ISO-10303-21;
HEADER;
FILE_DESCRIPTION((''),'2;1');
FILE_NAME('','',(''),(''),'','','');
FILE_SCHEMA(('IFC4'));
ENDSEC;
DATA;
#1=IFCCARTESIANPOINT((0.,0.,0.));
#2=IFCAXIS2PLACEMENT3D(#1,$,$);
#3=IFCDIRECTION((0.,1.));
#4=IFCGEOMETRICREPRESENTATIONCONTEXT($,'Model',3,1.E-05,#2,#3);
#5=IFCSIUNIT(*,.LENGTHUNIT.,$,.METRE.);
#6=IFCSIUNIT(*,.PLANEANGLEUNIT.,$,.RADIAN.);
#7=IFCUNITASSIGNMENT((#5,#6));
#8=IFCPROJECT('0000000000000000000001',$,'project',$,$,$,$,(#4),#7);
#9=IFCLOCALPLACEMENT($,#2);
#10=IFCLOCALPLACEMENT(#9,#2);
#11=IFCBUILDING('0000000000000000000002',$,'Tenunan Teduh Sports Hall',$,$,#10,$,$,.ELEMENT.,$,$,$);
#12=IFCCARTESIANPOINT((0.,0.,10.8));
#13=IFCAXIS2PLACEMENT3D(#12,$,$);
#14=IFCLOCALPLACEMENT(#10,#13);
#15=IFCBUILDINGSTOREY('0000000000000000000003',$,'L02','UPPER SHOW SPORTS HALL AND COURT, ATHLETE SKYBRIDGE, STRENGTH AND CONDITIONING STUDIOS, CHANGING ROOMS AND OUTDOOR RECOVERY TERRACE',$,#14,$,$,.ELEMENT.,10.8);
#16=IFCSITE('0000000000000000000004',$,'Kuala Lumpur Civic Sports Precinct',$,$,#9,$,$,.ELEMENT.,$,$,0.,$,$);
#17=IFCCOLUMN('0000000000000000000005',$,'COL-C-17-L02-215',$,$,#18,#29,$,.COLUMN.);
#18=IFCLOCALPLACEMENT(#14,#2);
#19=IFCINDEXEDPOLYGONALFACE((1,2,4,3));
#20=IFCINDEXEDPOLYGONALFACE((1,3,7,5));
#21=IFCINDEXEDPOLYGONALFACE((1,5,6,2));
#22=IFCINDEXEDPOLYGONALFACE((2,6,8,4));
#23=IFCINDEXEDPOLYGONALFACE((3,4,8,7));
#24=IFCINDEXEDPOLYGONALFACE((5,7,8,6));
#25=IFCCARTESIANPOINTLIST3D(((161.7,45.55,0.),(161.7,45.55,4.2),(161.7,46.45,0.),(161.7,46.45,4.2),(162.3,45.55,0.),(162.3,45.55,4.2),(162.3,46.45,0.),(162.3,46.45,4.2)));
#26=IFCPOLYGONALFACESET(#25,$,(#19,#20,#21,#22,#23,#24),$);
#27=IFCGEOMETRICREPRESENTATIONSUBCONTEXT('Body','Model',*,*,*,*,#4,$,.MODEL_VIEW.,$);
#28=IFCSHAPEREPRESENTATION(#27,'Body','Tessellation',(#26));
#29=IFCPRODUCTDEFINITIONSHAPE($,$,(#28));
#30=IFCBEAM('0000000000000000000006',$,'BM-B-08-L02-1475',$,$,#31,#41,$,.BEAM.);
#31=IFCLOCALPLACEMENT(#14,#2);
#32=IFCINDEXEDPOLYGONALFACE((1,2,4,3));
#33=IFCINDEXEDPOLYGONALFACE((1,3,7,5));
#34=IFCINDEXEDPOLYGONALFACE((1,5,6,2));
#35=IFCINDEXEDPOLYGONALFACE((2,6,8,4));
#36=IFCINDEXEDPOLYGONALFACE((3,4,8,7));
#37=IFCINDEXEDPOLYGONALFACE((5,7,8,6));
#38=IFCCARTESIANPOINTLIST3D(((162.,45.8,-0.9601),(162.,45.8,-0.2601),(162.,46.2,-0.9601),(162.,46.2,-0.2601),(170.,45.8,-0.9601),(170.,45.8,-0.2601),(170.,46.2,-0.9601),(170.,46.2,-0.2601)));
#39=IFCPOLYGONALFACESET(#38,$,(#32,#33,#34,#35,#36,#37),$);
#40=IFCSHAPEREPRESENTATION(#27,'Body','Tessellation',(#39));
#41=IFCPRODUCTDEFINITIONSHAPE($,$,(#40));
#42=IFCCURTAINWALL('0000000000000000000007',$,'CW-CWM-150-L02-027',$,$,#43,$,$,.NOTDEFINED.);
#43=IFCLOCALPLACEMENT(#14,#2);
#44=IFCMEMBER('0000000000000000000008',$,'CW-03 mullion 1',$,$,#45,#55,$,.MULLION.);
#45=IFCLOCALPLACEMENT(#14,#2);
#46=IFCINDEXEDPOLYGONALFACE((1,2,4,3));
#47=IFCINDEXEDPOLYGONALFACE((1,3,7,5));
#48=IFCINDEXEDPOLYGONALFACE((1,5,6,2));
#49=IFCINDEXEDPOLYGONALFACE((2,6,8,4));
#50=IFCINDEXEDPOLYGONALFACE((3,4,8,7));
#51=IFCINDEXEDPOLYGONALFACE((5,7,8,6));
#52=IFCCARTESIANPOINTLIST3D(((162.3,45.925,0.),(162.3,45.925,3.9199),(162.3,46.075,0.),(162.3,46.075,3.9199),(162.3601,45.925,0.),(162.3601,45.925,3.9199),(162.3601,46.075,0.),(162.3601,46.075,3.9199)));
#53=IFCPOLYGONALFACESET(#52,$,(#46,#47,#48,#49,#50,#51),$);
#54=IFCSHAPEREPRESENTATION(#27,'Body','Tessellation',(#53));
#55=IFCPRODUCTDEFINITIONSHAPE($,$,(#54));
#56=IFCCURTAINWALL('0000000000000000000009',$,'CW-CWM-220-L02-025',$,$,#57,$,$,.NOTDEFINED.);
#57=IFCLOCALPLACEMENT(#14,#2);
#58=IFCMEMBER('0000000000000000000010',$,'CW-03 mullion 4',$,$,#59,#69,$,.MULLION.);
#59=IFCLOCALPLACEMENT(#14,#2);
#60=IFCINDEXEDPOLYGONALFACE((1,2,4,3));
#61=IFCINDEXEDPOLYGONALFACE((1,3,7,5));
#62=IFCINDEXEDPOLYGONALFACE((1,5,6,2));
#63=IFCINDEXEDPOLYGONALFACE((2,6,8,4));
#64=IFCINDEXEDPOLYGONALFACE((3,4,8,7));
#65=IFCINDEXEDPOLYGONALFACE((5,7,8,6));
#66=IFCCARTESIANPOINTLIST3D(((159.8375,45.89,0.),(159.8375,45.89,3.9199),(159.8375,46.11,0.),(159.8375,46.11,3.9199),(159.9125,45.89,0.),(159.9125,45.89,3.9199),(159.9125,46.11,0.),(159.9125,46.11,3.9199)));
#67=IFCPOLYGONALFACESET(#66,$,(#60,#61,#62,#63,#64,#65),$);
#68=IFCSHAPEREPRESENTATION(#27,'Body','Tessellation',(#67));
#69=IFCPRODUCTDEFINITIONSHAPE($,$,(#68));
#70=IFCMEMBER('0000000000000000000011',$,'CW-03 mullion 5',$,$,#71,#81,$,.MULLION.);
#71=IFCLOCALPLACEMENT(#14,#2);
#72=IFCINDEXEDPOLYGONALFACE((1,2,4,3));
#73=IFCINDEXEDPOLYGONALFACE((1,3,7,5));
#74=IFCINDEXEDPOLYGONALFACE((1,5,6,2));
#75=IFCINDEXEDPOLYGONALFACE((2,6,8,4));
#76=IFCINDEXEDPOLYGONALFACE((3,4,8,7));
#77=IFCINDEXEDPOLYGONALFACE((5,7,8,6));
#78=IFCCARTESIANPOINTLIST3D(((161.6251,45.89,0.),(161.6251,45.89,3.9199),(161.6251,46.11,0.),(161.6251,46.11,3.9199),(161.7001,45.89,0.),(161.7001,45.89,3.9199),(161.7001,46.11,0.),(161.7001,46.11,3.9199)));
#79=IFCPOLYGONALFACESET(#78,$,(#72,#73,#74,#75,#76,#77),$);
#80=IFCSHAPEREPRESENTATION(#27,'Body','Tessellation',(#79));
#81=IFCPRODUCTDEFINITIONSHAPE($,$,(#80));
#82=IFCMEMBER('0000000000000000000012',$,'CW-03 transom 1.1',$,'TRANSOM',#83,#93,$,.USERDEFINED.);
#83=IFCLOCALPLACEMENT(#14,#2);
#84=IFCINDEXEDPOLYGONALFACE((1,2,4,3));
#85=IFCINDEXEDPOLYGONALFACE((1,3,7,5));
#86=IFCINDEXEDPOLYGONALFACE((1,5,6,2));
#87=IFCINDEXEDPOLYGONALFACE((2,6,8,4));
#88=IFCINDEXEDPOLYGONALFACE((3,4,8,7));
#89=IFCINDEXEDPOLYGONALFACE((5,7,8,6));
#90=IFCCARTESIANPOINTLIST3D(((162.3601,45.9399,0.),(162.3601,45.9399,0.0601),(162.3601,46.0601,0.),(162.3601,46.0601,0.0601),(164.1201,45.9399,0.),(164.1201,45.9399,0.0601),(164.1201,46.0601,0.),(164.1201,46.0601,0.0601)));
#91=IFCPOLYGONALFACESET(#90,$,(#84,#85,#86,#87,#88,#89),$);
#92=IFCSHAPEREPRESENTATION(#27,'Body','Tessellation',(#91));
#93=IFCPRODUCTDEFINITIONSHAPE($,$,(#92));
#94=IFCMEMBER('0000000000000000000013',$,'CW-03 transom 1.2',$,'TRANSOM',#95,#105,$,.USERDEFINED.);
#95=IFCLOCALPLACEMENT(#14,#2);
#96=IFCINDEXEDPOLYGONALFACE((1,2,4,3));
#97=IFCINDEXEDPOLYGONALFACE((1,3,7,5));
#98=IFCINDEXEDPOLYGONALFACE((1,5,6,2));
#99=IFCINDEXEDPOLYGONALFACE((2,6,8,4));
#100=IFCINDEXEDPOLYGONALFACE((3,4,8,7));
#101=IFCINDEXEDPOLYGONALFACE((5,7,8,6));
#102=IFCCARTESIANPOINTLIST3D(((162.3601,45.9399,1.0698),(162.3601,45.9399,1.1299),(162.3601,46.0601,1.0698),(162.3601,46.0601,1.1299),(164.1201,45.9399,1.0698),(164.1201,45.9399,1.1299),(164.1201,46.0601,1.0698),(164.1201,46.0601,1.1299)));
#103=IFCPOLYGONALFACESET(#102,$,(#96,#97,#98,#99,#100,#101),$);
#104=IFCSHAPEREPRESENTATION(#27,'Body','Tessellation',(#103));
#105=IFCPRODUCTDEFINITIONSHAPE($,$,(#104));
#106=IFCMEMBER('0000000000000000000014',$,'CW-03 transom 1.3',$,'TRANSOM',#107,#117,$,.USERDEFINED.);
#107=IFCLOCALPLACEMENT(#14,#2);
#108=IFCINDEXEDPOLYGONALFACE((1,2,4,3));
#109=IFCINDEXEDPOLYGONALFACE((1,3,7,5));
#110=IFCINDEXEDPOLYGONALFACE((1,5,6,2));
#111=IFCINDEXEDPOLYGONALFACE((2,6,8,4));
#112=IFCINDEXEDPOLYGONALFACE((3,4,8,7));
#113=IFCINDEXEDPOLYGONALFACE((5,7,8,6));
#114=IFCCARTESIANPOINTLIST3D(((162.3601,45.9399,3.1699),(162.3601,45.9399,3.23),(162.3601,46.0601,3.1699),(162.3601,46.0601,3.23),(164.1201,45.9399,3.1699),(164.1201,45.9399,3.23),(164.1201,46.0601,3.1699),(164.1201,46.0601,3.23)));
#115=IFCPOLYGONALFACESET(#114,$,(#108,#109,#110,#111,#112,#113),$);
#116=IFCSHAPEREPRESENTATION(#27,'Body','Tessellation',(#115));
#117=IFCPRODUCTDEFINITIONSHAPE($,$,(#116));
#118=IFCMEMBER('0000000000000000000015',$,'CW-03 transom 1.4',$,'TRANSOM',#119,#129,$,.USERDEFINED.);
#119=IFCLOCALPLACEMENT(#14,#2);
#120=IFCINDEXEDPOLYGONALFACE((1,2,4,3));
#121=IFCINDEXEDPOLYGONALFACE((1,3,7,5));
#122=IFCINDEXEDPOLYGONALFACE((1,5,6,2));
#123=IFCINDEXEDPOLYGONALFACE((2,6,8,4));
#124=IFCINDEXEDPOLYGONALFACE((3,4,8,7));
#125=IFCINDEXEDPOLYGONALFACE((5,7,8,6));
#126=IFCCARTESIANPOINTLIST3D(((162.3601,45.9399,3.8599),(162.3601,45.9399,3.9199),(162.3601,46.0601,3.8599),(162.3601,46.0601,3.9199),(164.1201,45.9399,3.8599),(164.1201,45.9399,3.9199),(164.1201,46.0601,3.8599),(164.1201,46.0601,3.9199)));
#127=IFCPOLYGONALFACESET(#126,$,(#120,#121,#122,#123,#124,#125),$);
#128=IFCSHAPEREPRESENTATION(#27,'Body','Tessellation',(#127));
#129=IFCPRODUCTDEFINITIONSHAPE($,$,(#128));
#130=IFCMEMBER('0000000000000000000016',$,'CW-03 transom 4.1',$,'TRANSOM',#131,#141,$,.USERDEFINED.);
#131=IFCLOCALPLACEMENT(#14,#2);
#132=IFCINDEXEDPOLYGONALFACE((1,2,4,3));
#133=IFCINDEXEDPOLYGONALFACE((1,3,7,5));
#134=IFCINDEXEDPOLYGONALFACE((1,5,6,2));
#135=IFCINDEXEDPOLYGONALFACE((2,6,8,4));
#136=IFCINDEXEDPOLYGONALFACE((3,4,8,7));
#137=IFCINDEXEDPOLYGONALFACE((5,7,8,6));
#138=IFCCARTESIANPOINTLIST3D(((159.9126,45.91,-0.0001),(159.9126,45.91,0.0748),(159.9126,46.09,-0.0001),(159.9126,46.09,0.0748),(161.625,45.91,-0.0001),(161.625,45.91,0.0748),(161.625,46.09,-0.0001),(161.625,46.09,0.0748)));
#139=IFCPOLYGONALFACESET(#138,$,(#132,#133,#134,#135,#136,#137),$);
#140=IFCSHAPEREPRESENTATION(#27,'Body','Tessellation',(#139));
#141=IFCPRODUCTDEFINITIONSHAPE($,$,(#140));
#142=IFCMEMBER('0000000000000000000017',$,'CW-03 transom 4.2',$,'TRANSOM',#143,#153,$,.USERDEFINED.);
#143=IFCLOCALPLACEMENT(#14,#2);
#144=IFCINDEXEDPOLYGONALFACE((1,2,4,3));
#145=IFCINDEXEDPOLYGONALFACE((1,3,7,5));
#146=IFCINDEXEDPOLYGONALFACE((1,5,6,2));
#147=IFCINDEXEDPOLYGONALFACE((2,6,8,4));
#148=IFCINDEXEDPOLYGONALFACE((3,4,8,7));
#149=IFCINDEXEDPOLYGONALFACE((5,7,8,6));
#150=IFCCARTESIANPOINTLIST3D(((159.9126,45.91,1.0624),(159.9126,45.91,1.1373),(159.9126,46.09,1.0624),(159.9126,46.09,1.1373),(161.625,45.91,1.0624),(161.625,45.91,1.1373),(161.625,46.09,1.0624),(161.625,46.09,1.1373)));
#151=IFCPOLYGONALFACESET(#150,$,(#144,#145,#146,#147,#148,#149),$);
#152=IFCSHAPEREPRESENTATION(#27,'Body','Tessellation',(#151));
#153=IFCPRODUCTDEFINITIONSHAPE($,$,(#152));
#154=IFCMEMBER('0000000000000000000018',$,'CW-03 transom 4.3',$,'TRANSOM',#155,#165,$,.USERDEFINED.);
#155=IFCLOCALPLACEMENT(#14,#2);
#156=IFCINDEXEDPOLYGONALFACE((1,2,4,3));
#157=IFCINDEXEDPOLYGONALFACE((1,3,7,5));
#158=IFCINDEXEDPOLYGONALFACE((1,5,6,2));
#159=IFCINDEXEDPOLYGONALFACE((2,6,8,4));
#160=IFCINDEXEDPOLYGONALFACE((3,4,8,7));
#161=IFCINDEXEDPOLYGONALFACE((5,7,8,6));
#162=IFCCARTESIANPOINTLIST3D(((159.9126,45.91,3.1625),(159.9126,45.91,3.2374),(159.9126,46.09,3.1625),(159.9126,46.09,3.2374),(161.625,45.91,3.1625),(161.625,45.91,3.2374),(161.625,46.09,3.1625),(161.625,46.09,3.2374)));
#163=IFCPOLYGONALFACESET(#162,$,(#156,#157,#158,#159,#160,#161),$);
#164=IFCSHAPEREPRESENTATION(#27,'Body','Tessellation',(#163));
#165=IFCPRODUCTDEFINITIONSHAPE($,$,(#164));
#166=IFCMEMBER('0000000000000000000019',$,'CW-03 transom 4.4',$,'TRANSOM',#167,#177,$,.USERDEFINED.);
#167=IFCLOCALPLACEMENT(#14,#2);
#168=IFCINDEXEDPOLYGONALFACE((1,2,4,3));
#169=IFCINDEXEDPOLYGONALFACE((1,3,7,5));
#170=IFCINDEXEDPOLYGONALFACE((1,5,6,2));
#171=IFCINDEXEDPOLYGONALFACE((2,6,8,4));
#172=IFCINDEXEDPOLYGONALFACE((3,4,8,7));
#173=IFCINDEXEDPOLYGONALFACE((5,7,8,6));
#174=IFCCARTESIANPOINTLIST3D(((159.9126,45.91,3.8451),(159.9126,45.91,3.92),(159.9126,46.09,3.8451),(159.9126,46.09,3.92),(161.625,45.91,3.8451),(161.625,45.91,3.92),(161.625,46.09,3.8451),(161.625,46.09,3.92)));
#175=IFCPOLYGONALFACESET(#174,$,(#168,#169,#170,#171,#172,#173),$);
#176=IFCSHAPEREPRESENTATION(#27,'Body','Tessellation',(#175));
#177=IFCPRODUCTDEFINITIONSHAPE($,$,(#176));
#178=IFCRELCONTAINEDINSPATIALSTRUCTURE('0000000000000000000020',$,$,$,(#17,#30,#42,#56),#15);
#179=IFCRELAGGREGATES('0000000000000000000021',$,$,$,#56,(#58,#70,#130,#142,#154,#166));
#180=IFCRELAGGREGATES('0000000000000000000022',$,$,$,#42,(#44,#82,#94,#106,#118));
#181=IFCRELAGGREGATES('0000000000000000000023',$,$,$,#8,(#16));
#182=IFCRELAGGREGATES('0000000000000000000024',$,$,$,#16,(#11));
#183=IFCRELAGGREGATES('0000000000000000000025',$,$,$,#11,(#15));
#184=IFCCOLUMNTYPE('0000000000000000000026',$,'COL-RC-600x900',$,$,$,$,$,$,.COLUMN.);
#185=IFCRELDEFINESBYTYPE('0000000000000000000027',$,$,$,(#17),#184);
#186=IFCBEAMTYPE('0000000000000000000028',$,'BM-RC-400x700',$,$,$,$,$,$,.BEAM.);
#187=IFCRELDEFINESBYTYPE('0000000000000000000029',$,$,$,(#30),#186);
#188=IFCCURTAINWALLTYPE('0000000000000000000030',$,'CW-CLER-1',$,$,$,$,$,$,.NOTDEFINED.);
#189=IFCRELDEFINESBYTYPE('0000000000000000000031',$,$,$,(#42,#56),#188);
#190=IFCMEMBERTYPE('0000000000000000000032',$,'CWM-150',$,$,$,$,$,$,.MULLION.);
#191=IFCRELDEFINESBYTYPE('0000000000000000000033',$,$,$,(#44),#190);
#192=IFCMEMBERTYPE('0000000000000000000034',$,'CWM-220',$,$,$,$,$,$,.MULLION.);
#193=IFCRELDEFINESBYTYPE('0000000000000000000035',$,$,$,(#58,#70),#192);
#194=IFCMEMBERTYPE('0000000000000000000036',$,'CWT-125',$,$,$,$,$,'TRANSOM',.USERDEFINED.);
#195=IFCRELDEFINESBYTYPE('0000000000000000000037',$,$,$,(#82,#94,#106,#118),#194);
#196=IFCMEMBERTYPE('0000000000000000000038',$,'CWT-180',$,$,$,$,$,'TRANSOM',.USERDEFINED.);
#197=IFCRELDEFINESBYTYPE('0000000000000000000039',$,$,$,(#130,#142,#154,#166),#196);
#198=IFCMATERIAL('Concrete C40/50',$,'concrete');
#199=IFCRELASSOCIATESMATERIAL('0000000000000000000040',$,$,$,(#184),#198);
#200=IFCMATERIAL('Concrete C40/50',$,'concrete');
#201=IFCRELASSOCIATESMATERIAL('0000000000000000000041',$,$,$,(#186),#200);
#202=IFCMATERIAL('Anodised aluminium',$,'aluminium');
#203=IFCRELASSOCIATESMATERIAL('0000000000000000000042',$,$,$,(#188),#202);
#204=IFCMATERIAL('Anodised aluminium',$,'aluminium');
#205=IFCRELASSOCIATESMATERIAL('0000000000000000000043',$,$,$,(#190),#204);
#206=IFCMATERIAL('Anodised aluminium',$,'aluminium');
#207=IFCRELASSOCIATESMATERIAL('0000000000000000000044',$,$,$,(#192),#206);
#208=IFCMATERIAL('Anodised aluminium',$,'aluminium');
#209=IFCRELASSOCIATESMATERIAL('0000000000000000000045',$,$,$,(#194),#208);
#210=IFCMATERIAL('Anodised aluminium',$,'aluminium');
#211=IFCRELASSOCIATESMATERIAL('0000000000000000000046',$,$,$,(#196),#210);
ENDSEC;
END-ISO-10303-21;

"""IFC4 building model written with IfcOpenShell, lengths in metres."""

from ifc_helpers import new_model, si_unit, direction, frame, origin, origin_2d, place, context, subcontext, project, spatial, rectangle, extrude, material, material_profile, profile_set, type_object, element, aggregate, save


model = new_model("IFC4")

# Units and contexts
model_context = context("Model", 3, precision=1e-05, world=origin(), true_north=direction((0.0, 1.0)))
body_context = subcontext(model_context, "Body", "Model", "MODEL_VIEW")
ifc_project = project(units=[si_unit("LENGTHUNIT", "METRE"), si_unit("PLANEANGLEUNIT", "RADIAN")], contexts=[model_context])

# Site, building, storey
site_placement = place(None, origin())
site = spatial("IfcSite", under=ifc_project, at=site_placement, Name="Kuala Lumpur Civic Sports Precinct", CompositionType="ELEMENT", RefElevation=0.0)
building_placement = place(site_placement, origin())
building = spatial("IfcBuilding", under=site, at=building_placement, Name="Tenunan Teduh Sports Hall", CompositionType="ELEMENT")
storey_placement = place(building_placement, frame((0.0, 0.0, 10.8)))
storey = spatial("IfcBuildingStorey", under=building, at=storey_placement, Name="L02", Description="UPPER SHOW SPORTS HALL AND COURT, ATHLETE SKYBRIDGE, STRENGTH AND CONDITIONING STUDIOS, CHANGING ROOMS AND OUTDOOR RECOVERY TERRACE", CompositionType="ELEMENT", Elevation=10.8)

# Column
ifc_material_1 = material(Name="Concrete C40/50", Category="concrete")
ifc_material_profile_1 = material_profile(ifc_material_1, rectangle(XDim=0.6001, YDim=0.8999, at=origin_2d()), Name="RC 600x900")
ifc_profile_set_1 = profile_set([ifc_material_profile_1], Name="Concrete C40/50")
column_type = type_object("IfcColumnType", Name="COL-RC-600x900", PredefinedType="COLUMN", material=ifc_profile_set_1)
column_placement = place(storey_placement, frame((162.0, 46.0, 0.0), z_axis=(0.0, 0.0, 1.0), x_axis=(1.0, 0.0, 0.0)))
element("IfcColumn", 1, at=column_placement, inside=storey, type_object=column_type, Name="COL-C-17-L02-215", PredefinedType="COLUMN", context=body_context, shape_type="SweptSolid", body=[
    extrude(rectangle(XDim=0.6001, YDim=0.8999, at=origin_2d()), origin(), (0.0, 0.0, 1.0), 4.2),
])

# Beam
ifc_material_2 = material(Name="Concrete C40/50", Category="concrete")
ifc_material_profile_2 = material_profile(ifc_material_2, rectangle(XDim=0.3999, YDim=0.7, at=origin_2d()), Name="RCB 400x700")
ifc_profile_set_2 = profile_set([ifc_material_profile_2], Name="Concrete C40/50")
beam_type = type_object("IfcBeamType", Name="BM-RC-400x700", PredefinedType="BEAM", material=ifc_profile_set_2)
beam_placement = place(storey_placement, frame((162.0, 46.0, -0.6101), z_axis=(1.0, 0.0, 0.0), x_axis=(0.0, 1.0, 0.0)))
element("IfcBeam", 2, at=beam_placement, inside=storey, type_object=beam_type, Name="BM-B-08-L02-1475", PredefinedType="BEAM", context=body_context, shape_type="SweptSolid", body=[
    extrude(rectangle(XDim=0.3999, YDim=0.7, at=origin_2d()), origin(), (0.0, 0.0, 1.0), 8.0),
])

# Curtain wall, member
ifc_material_3 = material(Name="Anodised aluminium", Category="aluminium")
curtain_wall_type = type_object("IfcCurtainWallType", Name="CW-CLER-1", PredefinedType="NOTDEFINED", material=ifc_material_3)
curtain_wall_1_placement = place(storey_placement, origin())
curtain_wall_1 = element("IfcCurtainWall", 3, at=curtain_wall_1_placement, inside=storey, type_object=curtain_wall_type, Name="CW-CWM-150-L02-027", PredefinedType="NOTDEFINED")
ifc_material_4 = material(Name="Anodised aluminium", Category="aluminium")
ifc_material_profile_3 = material_profile(ifc_material_4, rectangle(XDim=0.0601, YDim=0.1499, at=origin_2d()), Name="CWM 60x150")
ifc_profile_set_3 = profile_set([ifc_material_profile_3], Name="Anodised aluminium")
member_type_1 = type_object("IfcMemberType", Name="CWM-150", PredefinedType="MULLION", material=ifc_profile_set_3)
member_1_placement = place(storey_placement, frame((162.3301, 46.0, 0.0), z_axis=(0.0, 0.0, 1.0), x_axis=(1.0, 0.0, 0.0)))
member_1 = element("IfcMember", 4, at=member_1_placement, type_object=member_type_1, Name="CW-03 mullion 1", PredefinedType="MULLION", context=body_context, shape_type="SweptSolid", body=[
    extrude(rectangle(XDim=0.0601, YDim=0.1499, at=origin_2d()), origin(), (0.0, 0.0, 1.0), 3.9199),
])

# Curtain wall, members
curtain_wall_2_placement = place(storey_placement, origin())
curtain_wall_2 = element("IfcCurtainWall", 5, at=curtain_wall_2_placement, inside=storey, type_object=curtain_wall_type, Name="CW-CWM-220-L02-025", PredefinedType="NOTDEFINED")
ifc_material_5 = material(Name="Anodised aluminium", Category="aluminium")
ifc_material_profile_4 = material_profile(ifc_material_5, rectangle(XDim=0.075, YDim=0.22, at=origin_2d()), Name="CWM 75x220")
ifc_profile_set_4 = profile_set([ifc_material_profile_4], Name="Anodised aluminium")
member_type_2 = type_object("IfcMemberType", Name="CWM-220", PredefinedType="MULLION", material=ifc_profile_set_4)
member_2_placement = place(storey_placement, frame((159.875, 46.0, 0.0), z_axis=(0.0, 0.0, 1.0), x_axis=(1.0, 0.0, 0.0)))
member_2 = element("IfcMember", 6, at=member_2_placement, type_object=member_type_2, Name="CW-03 mullion 4", PredefinedType="MULLION", context=body_context, shape_type="SweptSolid", body=[
    extrude(rectangle(XDim=0.075, YDim=0.22, at=origin_2d()), origin(), (0.0, 0.0, 1.0), 3.9199),
])
member_3_placement = place(storey_placement, frame((161.6626, 46.0, 0.0), z_axis=(0.0, 0.0, 1.0), x_axis=(1.0, 0.0, 0.0)))
member_3 = element("IfcMember", 7, at=member_3_placement, type_object=member_type_2, Name="CW-03 mullion 5", PredefinedType="MULLION", context=body_context, shape_type="SweptSolid", body=[
    extrude(rectangle(XDim=0.075, YDim=0.22, at=origin_2d()), origin(), (0.0, 0.0, 1.0), 3.9199),
])

# Members
ifc_material_6 = material(Name="Anodised aluminium", Category="aluminium")
ifc_material_profile_5 = material_profile(ifc_material_6, rectangle(XDim=0.0601, YDim=0.1201, at=origin_2d()), Name="CWT 60x120")
ifc_profile_set_5 = profile_set([ifc_material_profile_5], Name="Anodised aluminium")
member_type_3 = type_object("IfcMemberType", Name="CWT-125", ElementType="TRANSOM", PredefinedType="USERDEFINED", material=ifc_profile_set_5)
member_4_placement = place(storey_placement, frame((162.3601, 46.0, 0.03), z_axis=(1.0, 0.0, 0.0), x_axis=(0.0, 0.0, 1.0)))
member_4 = element("IfcMember", 8, at=member_4_placement, type_object=member_type_3, Name="CW-03 transom 1.1", ObjectType="TRANSOM", PredefinedType="USERDEFINED", context=body_context, shape_type="SweptSolid", body=[
    extrude(rectangle(XDim=0.0601, YDim=0.1201, at=origin_2d()), origin(), (0.0, 0.0, 1.0), 1.76),
])
member_5_placement = place(storey_placement, frame((162.3601, 46.0, 1.0999), z_axis=(1.0, 0.0, 0.0), x_axis=(0.0, 0.0, 1.0)))
member_5 = element("IfcMember", 9, at=member_5_placement, type_object=member_type_3, Name="CW-03 transom 1.2", ObjectType="TRANSOM", PredefinedType="USERDEFINED", context=body_context, shape_type="SweptSolid", body=[
    extrude(rectangle(XDim=0.0601, YDim=0.1201, at=origin_2d()), origin(), (0.0, 0.0, 1.0), 1.76),
])
member_6_placement = place(storey_placement, frame((162.3601, 46.0, 3.2), z_axis=(1.0, 0.0, 0.0), x_axis=(0.0, 0.0, 1.0)))
member_6 = element("IfcMember", 10, at=member_6_placement, type_object=member_type_3, Name="CW-03 transom 1.3", ObjectType="TRANSOM", PredefinedType="USERDEFINED", context=body_context, shape_type="SweptSolid", body=[
    extrude(rectangle(XDim=0.0601, YDim=0.1201, at=origin_2d()), origin(), (0.0, 0.0, 1.0), 1.76),
])
member_7_placement = place(storey_placement, frame((162.3601, 46.0, 3.8899), z_axis=(1.0, 0.0, 0.0), x_axis=(0.0, 0.0, 1.0)))
member_7 = element("IfcMember", 11, at=member_7_placement, type_object=member_type_3, Name="CW-03 transom 1.4", ObjectType="TRANSOM", PredefinedType="USERDEFINED", context=body_context, shape_type="SweptSolid", body=[
    extrude(rectangle(XDim=0.0601, YDim=0.1201, at=origin_2d()), origin(), (0.0, 0.0, 1.0), 1.76),
])
ifc_material_7 = material(Name="Anodised aluminium", Category="aluminium")
ifc_material_profile_6 = material_profile(ifc_material_7, rectangle(XDim=0.075, YDim=0.1799, at=origin_2d()), Name="CWT 75x180")
ifc_profile_set_6 = profile_set([ifc_material_profile_6], Name="Anodised aluminium")
member_type_4 = type_object("IfcMemberType", Name="CWT-180", ElementType="TRANSOM", PredefinedType="USERDEFINED", material=ifc_profile_set_6)
member_8_placement = place(storey_placement, frame((159.9126, 46.0, 0.0374), z_axis=(1.0, 0.0, 0.0), x_axis=(0.0, 0.0, 1.0)))
member_8 = element("IfcMember", 12, at=member_8_placement, type_object=member_type_4, Name="CW-03 transom 4.1", ObjectType="TRANSOM", PredefinedType="USERDEFINED", context=body_context, shape_type="SweptSolid", body=[
    extrude(rectangle(XDim=0.075, YDim=0.1799, at=origin_2d()), origin(), (0.0, 0.0, 1.0), 1.7124),
])
member_9_placement = place(storey_placement, frame((159.9126, 46.0, 1.0999), z_axis=(1.0, 0.0, 0.0), x_axis=(0.0, 0.0, 1.0)))
member_9 = element("IfcMember", 13, at=member_9_placement, type_object=member_type_4, Name="CW-03 transom 4.2", ObjectType="TRANSOM", PredefinedType="USERDEFINED", context=body_context, shape_type="SweptSolid", body=[
    extrude(rectangle(XDim=0.075, YDim=0.1799, at=origin_2d()), origin(), (0.0, 0.0, 1.0), 1.7124),
])
member_10_placement = place(storey_placement, frame((159.9126, 46.0, 3.2), z_axis=(1.0, 0.0, 0.0), x_axis=(0.0, 0.0, 1.0)))
member_10 = element("IfcMember", 14, at=member_10_placement, type_object=member_type_4, Name="CW-03 transom 4.3", ObjectType="TRANSOM", PredefinedType="USERDEFINED", context=body_context, shape_type="SweptSolid", body=[
    extrude(rectangle(XDim=0.075, YDim=0.1799, at=origin_2d()), origin(), (0.0, 0.0, 1.0), 1.7124),
])
member_11_placement = place(storey_placement, frame((159.9126, 46.0, 3.8826), z_axis=(1.0, 0.0, 0.0), x_axis=(0.0, 0.0, 1.0)))
member_11 = element("IfcMember", 15, at=member_11_placement, type_object=member_type_4, Name="CW-03 transom 4.4", ObjectType="TRANSOM", PredefinedType="USERDEFINED", context=body_context, shape_type="SweptSolid", body=[
    extrude(rectangle(XDim=0.075, YDim=0.1799, at=origin_2d()), origin(), (0.0, 0.0, 1.0), 1.7124),
])

aggregate(curtain_wall_2, [member_2, member_3, member_8, member_9, member_10, member_11])
aggregate(curtain_wall_1, [member_1, member_4, member_5, member_6, member_7])

save(model, "model.ifc")
